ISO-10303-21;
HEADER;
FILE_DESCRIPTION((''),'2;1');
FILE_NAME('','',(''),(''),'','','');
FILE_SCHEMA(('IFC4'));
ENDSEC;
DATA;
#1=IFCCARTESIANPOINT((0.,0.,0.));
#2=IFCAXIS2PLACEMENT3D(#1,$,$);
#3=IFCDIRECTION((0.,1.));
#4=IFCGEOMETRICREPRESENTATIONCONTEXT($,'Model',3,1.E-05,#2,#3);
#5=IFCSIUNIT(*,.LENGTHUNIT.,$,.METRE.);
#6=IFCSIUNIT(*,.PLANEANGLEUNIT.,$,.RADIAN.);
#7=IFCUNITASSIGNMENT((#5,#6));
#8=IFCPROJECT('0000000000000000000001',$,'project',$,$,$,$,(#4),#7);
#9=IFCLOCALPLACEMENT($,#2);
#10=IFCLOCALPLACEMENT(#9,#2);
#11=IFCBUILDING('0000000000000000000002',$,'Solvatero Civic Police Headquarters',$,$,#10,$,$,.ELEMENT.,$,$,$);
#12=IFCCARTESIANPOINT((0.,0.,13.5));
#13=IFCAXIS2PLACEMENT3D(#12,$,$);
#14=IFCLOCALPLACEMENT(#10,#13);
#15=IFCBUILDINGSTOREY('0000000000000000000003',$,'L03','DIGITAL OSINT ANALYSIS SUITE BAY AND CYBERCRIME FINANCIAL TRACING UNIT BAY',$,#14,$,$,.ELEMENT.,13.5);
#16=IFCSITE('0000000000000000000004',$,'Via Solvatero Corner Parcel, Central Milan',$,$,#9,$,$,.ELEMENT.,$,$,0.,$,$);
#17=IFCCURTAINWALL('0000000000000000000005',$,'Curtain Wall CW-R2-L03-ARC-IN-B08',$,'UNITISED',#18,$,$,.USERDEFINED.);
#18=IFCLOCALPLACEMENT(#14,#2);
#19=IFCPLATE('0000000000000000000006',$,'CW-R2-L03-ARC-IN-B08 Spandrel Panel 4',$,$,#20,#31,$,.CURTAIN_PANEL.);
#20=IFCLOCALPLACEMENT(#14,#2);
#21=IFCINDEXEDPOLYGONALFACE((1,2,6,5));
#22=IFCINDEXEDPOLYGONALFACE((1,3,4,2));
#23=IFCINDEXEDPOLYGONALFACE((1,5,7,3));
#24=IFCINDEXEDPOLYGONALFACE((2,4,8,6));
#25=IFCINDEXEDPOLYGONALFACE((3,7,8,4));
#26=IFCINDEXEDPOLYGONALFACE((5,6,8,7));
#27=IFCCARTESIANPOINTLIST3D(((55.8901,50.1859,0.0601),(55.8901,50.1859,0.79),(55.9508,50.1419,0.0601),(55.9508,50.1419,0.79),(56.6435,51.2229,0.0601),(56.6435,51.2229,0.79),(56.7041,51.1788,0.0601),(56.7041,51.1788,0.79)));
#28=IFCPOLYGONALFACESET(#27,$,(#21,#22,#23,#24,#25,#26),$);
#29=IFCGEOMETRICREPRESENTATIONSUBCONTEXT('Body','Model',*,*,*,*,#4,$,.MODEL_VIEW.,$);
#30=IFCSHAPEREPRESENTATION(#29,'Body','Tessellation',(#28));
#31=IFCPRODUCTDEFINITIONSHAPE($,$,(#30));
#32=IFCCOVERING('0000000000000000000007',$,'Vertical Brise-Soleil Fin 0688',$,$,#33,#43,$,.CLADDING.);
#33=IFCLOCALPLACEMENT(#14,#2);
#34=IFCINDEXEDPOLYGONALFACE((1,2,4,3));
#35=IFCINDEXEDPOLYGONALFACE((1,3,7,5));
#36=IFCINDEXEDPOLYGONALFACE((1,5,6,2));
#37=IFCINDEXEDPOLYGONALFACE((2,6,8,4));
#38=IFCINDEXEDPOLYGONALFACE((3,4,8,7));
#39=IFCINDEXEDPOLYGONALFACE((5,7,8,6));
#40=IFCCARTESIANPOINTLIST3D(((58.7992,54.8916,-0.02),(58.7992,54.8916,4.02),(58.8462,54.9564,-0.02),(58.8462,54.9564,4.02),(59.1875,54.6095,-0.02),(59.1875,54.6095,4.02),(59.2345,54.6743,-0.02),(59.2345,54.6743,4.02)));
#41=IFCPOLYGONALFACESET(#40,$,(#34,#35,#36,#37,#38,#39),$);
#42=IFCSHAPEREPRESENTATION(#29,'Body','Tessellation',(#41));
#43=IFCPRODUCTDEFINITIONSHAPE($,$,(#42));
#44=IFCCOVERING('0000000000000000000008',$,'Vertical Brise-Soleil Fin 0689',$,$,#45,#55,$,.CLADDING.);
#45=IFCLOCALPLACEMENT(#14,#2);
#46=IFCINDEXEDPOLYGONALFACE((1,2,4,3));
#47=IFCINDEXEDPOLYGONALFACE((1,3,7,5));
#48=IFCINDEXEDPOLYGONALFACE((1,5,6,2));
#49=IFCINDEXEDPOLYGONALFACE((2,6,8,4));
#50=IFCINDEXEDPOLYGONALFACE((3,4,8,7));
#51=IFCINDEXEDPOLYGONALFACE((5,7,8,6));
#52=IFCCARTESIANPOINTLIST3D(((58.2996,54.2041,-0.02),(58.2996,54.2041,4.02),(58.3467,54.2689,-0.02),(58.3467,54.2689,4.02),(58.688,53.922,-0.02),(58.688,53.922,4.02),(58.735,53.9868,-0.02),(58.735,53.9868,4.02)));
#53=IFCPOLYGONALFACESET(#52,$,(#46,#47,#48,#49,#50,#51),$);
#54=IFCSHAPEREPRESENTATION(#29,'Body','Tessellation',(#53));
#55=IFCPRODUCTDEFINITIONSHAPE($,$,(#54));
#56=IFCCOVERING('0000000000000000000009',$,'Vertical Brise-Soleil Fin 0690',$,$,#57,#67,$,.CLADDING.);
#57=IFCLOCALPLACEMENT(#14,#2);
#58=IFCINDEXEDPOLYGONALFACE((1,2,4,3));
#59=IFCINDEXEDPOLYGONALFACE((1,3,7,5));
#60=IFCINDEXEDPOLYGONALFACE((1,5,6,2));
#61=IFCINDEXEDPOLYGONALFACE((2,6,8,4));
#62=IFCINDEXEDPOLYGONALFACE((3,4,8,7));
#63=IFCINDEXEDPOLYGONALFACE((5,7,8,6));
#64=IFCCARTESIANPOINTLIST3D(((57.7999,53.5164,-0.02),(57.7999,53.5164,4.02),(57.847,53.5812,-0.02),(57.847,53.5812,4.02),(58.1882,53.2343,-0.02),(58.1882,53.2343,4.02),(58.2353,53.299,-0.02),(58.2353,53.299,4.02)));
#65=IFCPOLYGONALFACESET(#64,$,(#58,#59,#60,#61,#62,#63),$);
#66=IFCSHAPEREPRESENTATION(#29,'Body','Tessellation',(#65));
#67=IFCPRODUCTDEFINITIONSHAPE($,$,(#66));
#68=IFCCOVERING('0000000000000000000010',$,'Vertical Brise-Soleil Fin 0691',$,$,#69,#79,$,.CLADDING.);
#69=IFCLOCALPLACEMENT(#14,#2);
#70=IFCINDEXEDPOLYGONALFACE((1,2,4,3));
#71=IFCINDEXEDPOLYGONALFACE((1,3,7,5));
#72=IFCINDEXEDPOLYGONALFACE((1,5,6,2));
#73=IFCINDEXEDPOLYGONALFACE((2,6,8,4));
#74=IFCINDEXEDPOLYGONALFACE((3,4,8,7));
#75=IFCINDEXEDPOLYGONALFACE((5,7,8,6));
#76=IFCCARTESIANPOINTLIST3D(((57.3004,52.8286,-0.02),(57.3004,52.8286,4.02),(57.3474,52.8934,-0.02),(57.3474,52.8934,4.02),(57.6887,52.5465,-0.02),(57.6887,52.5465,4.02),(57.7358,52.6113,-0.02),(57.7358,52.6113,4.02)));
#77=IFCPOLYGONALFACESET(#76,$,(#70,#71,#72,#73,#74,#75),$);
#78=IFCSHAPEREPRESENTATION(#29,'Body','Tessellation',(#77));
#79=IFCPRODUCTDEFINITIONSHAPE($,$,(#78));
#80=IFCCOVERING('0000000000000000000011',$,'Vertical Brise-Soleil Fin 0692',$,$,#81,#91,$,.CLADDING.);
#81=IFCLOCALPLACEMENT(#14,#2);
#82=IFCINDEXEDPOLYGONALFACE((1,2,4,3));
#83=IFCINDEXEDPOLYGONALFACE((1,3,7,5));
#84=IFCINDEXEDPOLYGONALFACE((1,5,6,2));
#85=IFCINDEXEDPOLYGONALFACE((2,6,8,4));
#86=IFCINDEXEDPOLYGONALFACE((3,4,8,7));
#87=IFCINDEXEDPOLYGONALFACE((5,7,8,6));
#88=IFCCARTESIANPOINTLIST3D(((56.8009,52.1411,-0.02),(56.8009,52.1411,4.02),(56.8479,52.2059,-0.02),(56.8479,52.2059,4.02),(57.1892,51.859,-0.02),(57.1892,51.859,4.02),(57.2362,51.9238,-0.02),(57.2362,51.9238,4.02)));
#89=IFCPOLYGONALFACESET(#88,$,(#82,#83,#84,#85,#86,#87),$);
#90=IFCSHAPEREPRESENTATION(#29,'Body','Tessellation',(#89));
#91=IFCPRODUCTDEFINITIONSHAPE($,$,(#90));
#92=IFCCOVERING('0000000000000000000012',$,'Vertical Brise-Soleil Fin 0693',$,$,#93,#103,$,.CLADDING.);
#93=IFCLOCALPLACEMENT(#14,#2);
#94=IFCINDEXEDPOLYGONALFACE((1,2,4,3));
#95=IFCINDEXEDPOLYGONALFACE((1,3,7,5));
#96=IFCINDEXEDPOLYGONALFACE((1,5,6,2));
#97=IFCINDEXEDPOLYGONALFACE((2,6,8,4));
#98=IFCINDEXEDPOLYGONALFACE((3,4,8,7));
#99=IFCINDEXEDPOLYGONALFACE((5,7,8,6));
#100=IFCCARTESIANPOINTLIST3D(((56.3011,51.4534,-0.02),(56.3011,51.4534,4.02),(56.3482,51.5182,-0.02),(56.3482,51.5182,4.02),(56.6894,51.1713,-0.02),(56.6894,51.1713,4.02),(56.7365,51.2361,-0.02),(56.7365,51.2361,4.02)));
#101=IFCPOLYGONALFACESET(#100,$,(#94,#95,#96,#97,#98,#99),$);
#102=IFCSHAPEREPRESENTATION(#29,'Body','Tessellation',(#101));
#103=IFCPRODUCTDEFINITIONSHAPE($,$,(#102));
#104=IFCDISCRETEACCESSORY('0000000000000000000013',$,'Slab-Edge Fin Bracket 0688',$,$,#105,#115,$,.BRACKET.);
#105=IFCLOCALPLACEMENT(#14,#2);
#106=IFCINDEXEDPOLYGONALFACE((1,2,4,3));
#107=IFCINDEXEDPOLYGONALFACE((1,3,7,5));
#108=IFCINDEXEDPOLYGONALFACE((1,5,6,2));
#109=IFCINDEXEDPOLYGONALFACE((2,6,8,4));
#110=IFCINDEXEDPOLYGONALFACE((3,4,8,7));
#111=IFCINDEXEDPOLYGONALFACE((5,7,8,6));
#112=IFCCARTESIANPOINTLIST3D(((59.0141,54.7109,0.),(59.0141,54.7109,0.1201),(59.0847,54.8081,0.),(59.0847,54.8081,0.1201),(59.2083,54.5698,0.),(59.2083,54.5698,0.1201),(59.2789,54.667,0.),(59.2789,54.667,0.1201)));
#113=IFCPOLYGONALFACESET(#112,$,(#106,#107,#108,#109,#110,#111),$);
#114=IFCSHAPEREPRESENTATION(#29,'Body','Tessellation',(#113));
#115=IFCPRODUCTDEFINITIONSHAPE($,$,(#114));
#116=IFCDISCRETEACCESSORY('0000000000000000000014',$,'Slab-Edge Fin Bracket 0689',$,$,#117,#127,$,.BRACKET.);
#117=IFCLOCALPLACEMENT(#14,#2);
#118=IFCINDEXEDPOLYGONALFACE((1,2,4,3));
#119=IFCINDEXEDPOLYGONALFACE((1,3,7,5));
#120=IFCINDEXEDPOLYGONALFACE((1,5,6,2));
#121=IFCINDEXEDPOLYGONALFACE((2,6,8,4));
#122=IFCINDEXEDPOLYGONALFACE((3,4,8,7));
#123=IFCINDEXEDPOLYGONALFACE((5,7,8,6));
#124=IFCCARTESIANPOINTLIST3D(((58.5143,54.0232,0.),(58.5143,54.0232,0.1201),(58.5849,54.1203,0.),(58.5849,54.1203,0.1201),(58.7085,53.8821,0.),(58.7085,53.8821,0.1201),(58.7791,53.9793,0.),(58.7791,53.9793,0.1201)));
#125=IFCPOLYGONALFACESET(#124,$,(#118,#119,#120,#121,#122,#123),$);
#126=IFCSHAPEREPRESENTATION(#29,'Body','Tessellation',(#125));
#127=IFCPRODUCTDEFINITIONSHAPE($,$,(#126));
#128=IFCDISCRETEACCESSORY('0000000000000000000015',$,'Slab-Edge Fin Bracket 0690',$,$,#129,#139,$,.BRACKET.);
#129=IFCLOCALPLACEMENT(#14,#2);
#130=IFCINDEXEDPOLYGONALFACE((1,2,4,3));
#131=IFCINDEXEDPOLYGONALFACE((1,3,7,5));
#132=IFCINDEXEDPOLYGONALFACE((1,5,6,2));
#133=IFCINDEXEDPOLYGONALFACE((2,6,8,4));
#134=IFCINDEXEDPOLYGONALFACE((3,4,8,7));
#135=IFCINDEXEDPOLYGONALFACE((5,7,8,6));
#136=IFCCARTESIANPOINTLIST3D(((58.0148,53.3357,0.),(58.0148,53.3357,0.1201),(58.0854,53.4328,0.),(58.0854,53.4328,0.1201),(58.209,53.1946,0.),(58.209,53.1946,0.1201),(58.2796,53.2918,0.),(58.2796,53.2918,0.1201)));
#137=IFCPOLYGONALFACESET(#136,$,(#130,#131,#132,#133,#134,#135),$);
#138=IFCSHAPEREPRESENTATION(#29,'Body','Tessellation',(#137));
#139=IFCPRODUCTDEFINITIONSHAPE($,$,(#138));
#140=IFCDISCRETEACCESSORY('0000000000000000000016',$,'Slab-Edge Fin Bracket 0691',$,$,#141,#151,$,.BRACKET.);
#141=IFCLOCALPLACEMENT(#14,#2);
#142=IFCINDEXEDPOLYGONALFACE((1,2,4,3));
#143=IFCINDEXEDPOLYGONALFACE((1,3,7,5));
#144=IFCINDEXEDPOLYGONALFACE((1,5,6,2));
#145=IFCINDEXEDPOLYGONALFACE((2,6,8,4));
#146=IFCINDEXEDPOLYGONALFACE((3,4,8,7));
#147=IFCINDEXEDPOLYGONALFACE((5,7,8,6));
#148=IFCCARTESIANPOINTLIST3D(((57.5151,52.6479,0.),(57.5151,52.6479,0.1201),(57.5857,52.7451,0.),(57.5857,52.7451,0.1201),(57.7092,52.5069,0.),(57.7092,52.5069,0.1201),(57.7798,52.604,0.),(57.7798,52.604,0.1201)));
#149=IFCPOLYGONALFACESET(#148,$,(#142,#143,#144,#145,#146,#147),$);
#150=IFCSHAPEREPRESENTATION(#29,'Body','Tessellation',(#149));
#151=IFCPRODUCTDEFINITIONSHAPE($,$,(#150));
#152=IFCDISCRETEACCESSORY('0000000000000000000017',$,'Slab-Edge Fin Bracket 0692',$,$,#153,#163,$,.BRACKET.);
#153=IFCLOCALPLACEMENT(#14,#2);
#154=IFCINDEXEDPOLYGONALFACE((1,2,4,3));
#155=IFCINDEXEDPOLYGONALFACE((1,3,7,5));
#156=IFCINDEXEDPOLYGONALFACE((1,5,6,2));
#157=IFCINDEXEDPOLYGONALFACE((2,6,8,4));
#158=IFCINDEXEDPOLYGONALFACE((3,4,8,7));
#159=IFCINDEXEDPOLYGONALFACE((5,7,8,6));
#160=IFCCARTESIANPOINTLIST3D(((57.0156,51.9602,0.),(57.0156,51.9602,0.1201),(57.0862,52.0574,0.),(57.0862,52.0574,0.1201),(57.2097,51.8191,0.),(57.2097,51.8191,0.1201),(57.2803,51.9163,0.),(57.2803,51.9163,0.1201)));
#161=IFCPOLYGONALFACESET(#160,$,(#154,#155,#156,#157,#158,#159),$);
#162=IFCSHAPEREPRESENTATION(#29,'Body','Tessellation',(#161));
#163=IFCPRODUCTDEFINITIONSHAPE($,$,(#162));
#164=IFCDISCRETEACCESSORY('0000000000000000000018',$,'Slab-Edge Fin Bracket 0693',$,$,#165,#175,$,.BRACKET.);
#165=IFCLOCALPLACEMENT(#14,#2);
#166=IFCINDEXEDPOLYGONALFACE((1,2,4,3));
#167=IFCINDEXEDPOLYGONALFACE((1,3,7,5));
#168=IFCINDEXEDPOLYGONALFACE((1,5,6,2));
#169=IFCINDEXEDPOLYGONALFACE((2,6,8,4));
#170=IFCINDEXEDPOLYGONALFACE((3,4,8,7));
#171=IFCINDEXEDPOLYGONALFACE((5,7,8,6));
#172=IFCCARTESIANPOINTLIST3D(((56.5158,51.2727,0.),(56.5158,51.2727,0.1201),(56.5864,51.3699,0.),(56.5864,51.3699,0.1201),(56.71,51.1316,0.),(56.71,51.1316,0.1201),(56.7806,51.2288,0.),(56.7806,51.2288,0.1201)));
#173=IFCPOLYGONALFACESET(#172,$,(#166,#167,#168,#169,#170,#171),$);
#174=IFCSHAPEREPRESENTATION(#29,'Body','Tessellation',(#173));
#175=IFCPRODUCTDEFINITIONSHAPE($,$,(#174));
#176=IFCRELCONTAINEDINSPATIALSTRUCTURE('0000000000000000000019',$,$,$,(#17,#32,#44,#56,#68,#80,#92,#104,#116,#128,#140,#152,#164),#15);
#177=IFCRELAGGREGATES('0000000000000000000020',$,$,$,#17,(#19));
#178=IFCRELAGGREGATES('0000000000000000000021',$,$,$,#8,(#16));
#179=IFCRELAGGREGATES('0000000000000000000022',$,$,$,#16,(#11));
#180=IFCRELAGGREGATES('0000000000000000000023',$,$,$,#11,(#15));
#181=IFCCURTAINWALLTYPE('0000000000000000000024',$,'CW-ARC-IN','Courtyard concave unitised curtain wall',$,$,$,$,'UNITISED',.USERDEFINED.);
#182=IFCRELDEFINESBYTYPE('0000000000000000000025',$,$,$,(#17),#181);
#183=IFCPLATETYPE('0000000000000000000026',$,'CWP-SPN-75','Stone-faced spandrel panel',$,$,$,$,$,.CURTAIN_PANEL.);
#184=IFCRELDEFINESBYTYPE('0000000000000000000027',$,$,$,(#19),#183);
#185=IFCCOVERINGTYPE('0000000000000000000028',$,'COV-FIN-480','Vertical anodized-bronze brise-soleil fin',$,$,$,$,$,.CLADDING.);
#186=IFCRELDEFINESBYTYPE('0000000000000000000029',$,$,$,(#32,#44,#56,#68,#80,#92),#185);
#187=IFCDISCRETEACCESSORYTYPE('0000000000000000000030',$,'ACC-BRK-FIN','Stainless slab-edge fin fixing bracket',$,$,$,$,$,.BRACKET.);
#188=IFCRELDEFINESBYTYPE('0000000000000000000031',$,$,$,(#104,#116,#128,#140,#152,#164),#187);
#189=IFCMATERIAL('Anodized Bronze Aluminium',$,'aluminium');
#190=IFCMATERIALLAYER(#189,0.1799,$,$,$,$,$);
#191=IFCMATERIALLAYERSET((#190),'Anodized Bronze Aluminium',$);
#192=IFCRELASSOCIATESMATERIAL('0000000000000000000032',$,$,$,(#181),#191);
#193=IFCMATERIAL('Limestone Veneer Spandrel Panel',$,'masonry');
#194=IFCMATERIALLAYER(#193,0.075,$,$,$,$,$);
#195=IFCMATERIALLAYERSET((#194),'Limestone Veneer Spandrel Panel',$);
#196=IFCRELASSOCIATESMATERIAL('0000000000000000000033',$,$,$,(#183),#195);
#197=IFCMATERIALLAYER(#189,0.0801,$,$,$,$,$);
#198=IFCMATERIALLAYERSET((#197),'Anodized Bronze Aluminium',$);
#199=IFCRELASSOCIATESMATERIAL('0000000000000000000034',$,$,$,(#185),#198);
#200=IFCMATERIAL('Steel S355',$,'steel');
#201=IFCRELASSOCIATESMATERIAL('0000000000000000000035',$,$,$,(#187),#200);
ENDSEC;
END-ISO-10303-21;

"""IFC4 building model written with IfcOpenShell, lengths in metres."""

from ifc_helpers import new_model, si_unit, direction, frame, origin, origin_2d, place, context, subcontext, project, spatial, rectangle, extrude, material, layer, layer_set, type_object, element, aggregate, save


model = new_model("IFC4")

# Units and contexts
model_context = context("Model", 3, precision=1e-05, world=origin(), true_north=direction((0.0, 1.0)))
body_context = subcontext(model_context, "Body", "Model", "MODEL_VIEW")
ifc_project = project(units=[si_unit("LENGTHUNIT", "METRE"), si_unit("PLANEANGLEUNIT", "RADIAN")], contexts=[model_context])

# Site, building, storey
site_placement = place(None, origin())
site = spatial("IfcSite", under=ifc_project, at=site_placement, Name="Via Solvatero Corner Parcel, Central Milan", CompositionType="ELEMENT", RefElevation=0.0)
building_placement = place(site_placement, origin())
building = spatial("IfcBuilding", under=site, at=building_placement, Name="Solvatero Civic Police Headquarters", CompositionType="ELEMENT")
storey_placement = place(building_placement, frame((0.0, 0.0, 13.5)))
storey = spatial("IfcBuildingStorey", under=building, at=storey_placement, Name="L03", Description="DIGITAL OSINT ANALYSIS SUITE BAY AND CYBERCRIME FINANCIAL TRACING UNIT BAY", CompositionType="ELEMENT", Elevation=13.5)

# Shared definitions
ifc_material_1 = material(Name="Steel S355", Category="steel")

# Curtain wall, plate
ifc_material_2 = material(Name="Anodized Bronze Aluminium", Category="aluminium")
ifc_layer_1 = layer(ifc_material_2, 0.1799)
ifc_layer_set_1 = layer_set([ifc_layer_1], Name="Anodized Bronze Aluminium")
curtain_wall_type = type_object("IfcCurtainWallType", Name="CW-ARC-IN", Description="Courtyard concave unitised curtain wall", ElementType="UNITISED", PredefinedType="USERDEFINED", material=ifc_layer_set_1)
curtain_wall_placement = place(storey_placement, origin())
curtain_wall = element("IfcCurtainWall", 1, at=curtain_wall_placement, inside=storey, type_object=curtain_wall_type, Name="Curtain Wall CW-R2-L03-ARC-IN-B08", ObjectType="UNITISED", PredefinedType="USERDEFINED")
ifc_material_3 = material(Name="Limestone Veneer Spandrel Panel", Category="masonry")
ifc_layer_2 = layer(ifc_material_3, 0.075)
ifc_layer_set_2 = layer_set([ifc_layer_2], Name="Limestone Veneer Spandrel Panel")
plate_type_1 = type_object("IfcPlateType", Name="CWP-SPN-75", Description="Stone-faced spandrel panel", PredefinedType="CURTAIN_PANEL", material=ifc_layer_set_2)
plate_1_placement = place(storey_placement, frame((56.2971, 50.6824, 0.0601), z_axis=(0.0, 0.0, 1.0), x_axis=(-0.587771, -0.809027, 0.0)))
plate_1 = element("IfcPlate", 2, at=plate_1_placement, type_object=plate_type_1, Name="CW-R2-L03-ARC-IN-B08 Spandrel Panel 4", PredefinedType="CURTAIN_PANEL", context=body_context, shape_type="SweptSolid", body=[
    extrude(rectangle(XDim=1.2817, YDim=0.075, at=origin_2d()), origin(), (0.0, 0.0, 1.0), 0.73),
])
aggregate(curtain_wall, [plate_1])

# Coverings
ifc_layer_3 = layer(ifc_material_2, 0.0801)
ifc_layer_set_3 = layer_set([ifc_layer_3], Name="Anodized Bronze Aluminium")
covering_type = type_object("IfcCoveringType", Name="COV-FIN-480", Description="Vertical anodized-bronze brise-soleil fin", PredefinedType="CLADDING", material=ifc_layer_set_3)
for number, where, z_axis, x_axis, name in (
    (3, (59.0168, 54.783, -0.02), (0.0, 0.0, 1.0), (-0.587771, -0.809027, 0.0), "Vertical Brise-Soleil Fin 0688"),
    (4, (58.5173, 54.0955, -0.02), (0.0, 0.0, 1.0), (-0.587771, -0.809027, 0.0), "Vertical Brise-Soleil Fin 0689"),
    (5, (58.0176, 53.4077, -0.02), (0.0, 0.0, 1.0), (-0.587771, -0.809027, 0.0), "Vertical Brise-Soleil Fin 0690"),
    (6, (57.5181, 52.72, -0.02), (0.0, 0.0, 1.0), (-0.587771, -0.809027, 0.0), "Vertical Brise-Soleil Fin 0691"),
    (7, (57.0186, 52.0325, -0.02), (0.0, 0.0, 1.0), (-0.587771, -0.809027, 0.0), "Vertical Brise-Soleil Fin 0692"),
    (8, (56.5188, 51.3447, -0.02), (0.0, 0.0, 1.0), (-0.587771, -0.809027, 0.0), "Vertical Brise-Soleil Fin 0693"),
):
    element("IfcCovering", number, at=place(storey_placement, frame(where, z_axis=z_axis, x_axis=x_axis)), inside=storey, type_object=covering_type, Name=name, PredefinedType="CLADDING", context=body_context, shape_type="SweptSolid", body=[
        extrude(rectangle(XDim=0.0801, YDim=0.48, at=origin_2d()), origin(), (0.0, 0.0, 1.0), 4.04),
    ])

# Discrete accessories
discrete_accessory_type = type_object("IfcDiscreteAccessoryType", Name="ACC-BRK-FIN", Description="Stainless slab-edge fin fixing bracket", PredefinedType="BRACKET", material=ifc_material_1)
for number, where, z_axis, x_axis, name in (
    (9, (59.1465, 54.689, 0.0), (0.0, 0.0, 1.0), (-0.587771, -0.809027, 0.0), "Slab-Edge Fin Bracket 0688"),
    (10, (58.6467, 54.0012, 0.0), (0.0, 0.0, 1.0), (-0.587771, -0.809027, 0.0), "Slab-Edge Fin Bracket 0689"),
    (11, (58.1472, 53.3137, 0.0), (0.0, 0.0, 1.0), (-0.587771, -0.809027, 0.0), "Slab-Edge Fin Bracket 0690"),
    (12, (57.6475, 52.626, 0.0), (0.0, 0.0, 1.0), (-0.587771, -0.809027, 0.0), "Slab-Edge Fin Bracket 0691"),
    (13, (57.1479, 51.9382, 0.0), (0.0, 0.0, 1.0), (-0.587771, -0.809027, 0.0), "Slab-Edge Fin Bracket 0692"),
    (14, (56.6482, 51.2507, 0.0), (0.0, 0.0, 1.0), (-0.587771, -0.809027, 0.0), "Slab-Edge Fin Bracket 0693"),
):
    element("IfcDiscreteAccessory", number, at=place(storey_placement, frame(where, z_axis=z_axis, x_axis=x_axis)), inside=storey, type_object=discrete_accessory_type, Name=name, PredefinedType="BRACKET", context=body_context, shape_type="SweptSolid", body=[
        extrude(rectangle(XDim=0.1201, YDim=0.24, at=origin_2d()), origin(), (0.0, 0.0, 1.0), 0.1201),
    ])

save(model, "model.ifc")
